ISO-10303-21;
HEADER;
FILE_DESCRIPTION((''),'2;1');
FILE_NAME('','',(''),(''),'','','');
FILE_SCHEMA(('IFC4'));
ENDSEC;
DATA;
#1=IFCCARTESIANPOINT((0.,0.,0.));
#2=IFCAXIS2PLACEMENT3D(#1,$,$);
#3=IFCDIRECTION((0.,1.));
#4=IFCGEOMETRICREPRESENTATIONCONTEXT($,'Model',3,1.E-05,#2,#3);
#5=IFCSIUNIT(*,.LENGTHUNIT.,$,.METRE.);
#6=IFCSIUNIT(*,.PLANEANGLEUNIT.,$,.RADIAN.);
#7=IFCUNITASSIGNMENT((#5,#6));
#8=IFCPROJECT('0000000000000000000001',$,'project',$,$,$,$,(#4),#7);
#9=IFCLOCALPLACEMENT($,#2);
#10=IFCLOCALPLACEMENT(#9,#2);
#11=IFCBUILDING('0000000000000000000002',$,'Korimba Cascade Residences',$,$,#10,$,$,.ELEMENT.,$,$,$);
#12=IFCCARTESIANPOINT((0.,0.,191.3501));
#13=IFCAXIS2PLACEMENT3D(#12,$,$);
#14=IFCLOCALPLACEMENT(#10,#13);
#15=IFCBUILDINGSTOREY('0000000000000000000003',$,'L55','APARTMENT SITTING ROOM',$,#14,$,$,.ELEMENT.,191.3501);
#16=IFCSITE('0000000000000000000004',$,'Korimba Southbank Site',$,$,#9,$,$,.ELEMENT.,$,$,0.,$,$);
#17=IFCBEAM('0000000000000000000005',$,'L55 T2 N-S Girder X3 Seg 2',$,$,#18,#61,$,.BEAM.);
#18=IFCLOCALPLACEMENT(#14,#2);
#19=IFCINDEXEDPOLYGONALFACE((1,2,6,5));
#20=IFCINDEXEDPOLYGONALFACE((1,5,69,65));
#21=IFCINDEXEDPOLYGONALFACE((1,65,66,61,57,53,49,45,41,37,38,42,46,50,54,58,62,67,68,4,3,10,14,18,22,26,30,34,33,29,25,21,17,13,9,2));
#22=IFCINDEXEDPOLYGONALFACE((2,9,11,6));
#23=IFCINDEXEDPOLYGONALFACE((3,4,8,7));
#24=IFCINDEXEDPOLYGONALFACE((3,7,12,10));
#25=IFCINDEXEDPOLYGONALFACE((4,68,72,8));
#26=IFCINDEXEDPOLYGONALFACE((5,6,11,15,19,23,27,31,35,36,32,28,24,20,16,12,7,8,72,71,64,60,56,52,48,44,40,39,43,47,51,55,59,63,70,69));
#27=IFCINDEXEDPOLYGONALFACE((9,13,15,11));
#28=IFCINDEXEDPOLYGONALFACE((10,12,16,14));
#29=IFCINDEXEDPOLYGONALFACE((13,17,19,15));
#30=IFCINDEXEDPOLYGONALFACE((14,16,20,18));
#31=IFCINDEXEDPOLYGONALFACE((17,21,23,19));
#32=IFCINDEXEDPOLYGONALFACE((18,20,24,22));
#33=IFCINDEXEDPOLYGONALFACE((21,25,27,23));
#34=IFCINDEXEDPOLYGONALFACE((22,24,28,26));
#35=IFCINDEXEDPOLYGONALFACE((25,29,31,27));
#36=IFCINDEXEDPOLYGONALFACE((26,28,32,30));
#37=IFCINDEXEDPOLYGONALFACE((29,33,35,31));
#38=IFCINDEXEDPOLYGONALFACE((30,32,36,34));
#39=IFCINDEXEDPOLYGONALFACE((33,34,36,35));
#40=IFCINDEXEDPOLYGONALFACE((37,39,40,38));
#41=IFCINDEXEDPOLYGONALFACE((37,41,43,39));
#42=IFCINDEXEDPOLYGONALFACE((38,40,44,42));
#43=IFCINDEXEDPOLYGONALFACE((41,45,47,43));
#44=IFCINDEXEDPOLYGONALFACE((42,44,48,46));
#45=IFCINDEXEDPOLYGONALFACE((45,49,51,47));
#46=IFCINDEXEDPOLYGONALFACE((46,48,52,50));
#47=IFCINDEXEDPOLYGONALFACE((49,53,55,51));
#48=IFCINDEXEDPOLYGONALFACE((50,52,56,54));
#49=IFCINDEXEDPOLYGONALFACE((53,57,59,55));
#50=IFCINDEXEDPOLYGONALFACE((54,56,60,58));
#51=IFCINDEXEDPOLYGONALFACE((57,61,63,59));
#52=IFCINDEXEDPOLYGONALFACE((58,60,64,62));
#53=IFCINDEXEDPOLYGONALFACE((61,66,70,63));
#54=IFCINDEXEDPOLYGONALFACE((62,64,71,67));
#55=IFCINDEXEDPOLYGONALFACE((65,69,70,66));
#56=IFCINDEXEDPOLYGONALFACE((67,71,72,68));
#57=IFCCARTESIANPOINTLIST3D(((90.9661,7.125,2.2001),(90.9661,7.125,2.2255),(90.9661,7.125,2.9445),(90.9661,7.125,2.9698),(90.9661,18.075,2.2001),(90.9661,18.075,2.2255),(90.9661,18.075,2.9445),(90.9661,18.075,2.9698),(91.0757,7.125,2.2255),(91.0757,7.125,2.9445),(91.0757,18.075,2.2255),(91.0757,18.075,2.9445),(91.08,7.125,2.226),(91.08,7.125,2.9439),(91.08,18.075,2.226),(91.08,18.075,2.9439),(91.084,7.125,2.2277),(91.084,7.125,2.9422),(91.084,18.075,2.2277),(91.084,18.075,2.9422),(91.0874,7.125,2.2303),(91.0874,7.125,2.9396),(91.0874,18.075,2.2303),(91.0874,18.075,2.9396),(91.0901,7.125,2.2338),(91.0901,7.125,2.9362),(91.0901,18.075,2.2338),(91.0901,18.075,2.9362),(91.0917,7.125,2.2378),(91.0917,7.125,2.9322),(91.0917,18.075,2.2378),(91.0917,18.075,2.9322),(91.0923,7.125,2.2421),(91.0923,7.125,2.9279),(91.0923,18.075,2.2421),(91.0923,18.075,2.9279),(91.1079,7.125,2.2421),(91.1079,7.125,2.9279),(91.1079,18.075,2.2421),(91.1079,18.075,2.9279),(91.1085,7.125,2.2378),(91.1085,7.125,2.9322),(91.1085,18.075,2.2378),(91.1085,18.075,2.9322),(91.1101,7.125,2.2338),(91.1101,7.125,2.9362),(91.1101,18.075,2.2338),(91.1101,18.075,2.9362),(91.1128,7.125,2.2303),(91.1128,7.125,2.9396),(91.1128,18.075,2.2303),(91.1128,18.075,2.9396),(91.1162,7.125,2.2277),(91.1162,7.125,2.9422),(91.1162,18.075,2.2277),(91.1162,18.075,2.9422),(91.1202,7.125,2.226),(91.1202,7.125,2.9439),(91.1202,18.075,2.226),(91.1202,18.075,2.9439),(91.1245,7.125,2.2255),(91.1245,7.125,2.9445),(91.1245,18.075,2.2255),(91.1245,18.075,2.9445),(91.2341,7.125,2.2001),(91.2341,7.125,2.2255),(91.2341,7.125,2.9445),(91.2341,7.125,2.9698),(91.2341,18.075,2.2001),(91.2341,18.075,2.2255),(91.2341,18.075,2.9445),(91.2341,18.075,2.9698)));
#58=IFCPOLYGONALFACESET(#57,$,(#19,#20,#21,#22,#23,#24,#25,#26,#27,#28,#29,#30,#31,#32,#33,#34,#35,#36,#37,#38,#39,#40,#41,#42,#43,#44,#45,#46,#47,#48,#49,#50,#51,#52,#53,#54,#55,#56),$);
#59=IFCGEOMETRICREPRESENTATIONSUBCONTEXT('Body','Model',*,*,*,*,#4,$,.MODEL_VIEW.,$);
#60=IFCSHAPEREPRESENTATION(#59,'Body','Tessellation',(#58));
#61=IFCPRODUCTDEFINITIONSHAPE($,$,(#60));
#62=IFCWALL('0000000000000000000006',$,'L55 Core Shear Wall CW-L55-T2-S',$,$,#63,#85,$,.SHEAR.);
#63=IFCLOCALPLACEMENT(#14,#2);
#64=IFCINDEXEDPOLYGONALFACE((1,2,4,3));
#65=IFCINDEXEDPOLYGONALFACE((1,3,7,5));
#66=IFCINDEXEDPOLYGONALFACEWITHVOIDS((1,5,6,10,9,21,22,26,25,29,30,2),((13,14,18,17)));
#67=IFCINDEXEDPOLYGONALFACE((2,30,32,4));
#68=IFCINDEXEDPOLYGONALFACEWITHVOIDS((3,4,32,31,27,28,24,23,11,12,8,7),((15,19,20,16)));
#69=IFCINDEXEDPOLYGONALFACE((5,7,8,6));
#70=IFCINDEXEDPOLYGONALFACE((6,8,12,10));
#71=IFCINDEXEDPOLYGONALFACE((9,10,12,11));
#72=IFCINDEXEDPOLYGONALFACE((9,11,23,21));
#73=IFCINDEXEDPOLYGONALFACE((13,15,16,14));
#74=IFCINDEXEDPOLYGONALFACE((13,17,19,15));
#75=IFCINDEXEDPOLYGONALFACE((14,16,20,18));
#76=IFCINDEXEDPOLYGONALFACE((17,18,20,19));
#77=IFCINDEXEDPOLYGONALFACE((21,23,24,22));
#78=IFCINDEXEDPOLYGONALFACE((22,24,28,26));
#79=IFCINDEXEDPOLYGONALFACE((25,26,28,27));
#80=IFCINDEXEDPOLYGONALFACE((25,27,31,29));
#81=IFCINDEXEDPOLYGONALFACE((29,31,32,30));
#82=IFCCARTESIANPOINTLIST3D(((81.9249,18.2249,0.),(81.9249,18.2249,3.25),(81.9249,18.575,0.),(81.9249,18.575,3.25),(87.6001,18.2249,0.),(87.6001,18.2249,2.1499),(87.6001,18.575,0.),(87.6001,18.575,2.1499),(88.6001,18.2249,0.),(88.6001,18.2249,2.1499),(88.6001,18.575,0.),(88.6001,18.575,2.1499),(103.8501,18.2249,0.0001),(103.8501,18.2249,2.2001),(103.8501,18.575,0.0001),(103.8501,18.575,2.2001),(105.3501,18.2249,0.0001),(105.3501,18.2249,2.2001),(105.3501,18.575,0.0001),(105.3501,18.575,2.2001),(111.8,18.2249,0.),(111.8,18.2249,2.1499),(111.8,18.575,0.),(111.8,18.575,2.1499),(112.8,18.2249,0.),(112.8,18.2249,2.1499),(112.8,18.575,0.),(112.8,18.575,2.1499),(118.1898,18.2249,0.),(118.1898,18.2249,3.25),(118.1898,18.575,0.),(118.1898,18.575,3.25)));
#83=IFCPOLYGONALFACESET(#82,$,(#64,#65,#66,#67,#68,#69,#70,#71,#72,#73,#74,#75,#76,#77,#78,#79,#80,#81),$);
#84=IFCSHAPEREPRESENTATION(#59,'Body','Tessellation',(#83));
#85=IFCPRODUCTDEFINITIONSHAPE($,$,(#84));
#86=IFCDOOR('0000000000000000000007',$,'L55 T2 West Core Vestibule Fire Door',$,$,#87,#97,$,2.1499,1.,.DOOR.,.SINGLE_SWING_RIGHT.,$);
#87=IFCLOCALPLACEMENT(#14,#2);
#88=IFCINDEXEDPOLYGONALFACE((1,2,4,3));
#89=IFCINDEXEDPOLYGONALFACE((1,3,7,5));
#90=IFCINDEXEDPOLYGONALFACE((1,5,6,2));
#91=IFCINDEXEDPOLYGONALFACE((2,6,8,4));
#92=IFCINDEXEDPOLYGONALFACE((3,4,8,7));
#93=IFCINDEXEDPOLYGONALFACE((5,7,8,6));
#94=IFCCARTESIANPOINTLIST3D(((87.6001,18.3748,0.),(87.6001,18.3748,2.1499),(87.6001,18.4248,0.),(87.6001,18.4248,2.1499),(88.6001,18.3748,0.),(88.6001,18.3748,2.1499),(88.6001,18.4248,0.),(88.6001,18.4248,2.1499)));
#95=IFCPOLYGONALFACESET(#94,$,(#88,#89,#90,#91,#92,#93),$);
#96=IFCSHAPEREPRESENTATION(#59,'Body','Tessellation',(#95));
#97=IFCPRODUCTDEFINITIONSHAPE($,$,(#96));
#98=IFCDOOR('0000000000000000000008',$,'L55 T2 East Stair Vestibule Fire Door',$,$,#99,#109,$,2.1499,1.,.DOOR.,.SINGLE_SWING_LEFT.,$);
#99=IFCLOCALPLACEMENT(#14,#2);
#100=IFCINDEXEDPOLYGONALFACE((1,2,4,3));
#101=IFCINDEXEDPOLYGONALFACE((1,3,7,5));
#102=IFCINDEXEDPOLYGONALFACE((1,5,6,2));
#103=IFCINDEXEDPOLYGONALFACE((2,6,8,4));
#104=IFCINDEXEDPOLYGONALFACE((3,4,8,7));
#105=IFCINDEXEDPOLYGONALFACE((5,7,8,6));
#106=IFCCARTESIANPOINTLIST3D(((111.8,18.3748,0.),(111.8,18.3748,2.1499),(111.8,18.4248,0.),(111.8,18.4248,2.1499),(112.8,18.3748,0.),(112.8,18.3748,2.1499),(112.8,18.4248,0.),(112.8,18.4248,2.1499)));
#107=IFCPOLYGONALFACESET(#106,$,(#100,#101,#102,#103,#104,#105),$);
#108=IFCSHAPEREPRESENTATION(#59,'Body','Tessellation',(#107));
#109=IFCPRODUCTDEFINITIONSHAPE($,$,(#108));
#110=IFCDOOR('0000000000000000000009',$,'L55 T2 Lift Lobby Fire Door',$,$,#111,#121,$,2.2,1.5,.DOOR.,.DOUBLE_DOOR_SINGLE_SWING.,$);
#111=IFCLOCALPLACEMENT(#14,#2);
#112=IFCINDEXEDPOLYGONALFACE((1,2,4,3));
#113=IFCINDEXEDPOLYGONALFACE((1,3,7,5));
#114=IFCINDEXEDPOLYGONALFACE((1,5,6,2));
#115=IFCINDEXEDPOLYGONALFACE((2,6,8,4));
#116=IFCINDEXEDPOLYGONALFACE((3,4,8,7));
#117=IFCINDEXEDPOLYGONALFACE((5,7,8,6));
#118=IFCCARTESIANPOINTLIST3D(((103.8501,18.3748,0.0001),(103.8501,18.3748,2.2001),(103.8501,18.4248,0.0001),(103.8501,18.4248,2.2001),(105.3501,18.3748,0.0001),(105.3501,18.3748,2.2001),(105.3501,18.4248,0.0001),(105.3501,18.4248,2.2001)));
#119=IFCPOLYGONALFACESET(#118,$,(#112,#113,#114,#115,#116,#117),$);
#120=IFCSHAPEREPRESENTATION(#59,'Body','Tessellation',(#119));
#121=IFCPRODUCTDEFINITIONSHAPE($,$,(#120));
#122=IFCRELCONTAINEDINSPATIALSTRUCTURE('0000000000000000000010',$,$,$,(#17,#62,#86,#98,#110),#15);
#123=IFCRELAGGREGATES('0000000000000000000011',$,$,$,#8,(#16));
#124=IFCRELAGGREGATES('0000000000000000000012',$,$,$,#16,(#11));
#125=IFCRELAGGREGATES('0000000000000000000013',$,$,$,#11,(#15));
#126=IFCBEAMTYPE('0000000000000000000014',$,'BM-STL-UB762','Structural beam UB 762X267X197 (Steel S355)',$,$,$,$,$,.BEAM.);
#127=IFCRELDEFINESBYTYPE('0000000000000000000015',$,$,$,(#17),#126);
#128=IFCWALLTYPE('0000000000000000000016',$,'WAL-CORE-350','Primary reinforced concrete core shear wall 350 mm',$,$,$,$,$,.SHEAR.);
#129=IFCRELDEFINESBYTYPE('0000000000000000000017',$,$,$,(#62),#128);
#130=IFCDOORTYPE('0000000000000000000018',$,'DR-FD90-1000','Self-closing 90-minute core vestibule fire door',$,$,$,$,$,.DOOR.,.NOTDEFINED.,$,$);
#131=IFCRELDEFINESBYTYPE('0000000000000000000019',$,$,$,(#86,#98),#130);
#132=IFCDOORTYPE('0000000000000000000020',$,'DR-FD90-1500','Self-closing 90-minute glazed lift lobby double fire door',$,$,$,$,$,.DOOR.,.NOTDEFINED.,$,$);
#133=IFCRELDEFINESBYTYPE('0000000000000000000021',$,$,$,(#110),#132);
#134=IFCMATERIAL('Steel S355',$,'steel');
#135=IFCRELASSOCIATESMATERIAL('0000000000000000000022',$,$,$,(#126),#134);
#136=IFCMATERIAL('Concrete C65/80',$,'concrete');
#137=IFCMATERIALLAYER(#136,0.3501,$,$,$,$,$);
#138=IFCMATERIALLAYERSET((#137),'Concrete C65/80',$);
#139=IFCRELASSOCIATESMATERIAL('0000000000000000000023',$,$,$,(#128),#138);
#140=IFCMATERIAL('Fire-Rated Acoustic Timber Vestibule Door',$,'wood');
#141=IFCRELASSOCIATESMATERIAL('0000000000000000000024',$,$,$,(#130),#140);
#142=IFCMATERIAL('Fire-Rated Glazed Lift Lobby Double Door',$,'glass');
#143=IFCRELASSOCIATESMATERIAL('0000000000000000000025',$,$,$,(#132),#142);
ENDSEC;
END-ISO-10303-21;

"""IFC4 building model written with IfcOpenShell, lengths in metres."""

from ifc_helpers import new_model, si_unit, direction, frame, frame_2d, origin, origin_2d, place, context, subcontext, project, spatial, rectangle, i_section, extrude, material, layer, layer_set, material_profile, profile_set, type_object, element, fill, save


model = new_model("IFC4")

# Units and contexts
model_context = context("Model", 3, precision=1e-05, world=origin(), true_north=direction((0.0, 1.0)))
body_context = subcontext(model_context, "Body", "Model", "MODEL_VIEW")
ifc_project = project(units=[si_unit("LENGTHUNIT", "METRE"), si_unit("PLANEANGLEUNIT", "RADIAN")], contexts=[model_context])

# Site, building, storey
site_placement = place(None, origin())
site = spatial("IfcSite", under=ifc_project, at=site_placement, Name="Korimba Southbank Site", CompositionType="ELEMENT", RefElevation=0.0)
building_placement = place(site_placement, origin())
building = spatial("IfcBuilding", under=site, at=building_placement, Name="Korimba Cascade Residences", CompositionType="ELEMENT")
storey_placement = place(building_placement, frame((0.0, 0.0, 191.3501)))
storey = spatial("IfcBuildingStorey", under=building, at=storey_placement, Name="L55", Description="APARTMENT SITTING ROOM", CompositionType="ELEMENT", Elevation=191.3501)

# Beam
ifc_material_1 = material(Name="Steel S355", Category="steel")
ifc_material_profile_1 = material_profile(ifc_material_1, i_section(OverallWidth=0.2681, OverallDepth=0.7698, WebThickness=0.0156, FlangeThickness=0.0254, FilletRadius=0.0166, at=origin_2d()), Name="Steel S355")
ifc_profile_set_1 = profile_set([ifc_material_profile_1], Name="Steel S355")
beam_type_1 = type_object("IfcBeamType", Name="BM-STL-UB762", Description="Structural beam UB 762X267X197 (Steel S355)", PredefinedType="BEAM", material=ifc_profile_set_1)
for number, where, z_axis, x_axis, name in (
    (1, (91.1001, 7.125, 2.585), (0.0, 1.0, 0.0), (-1.0, 0.0, 0.0), "L55 T2 N-S Girder X3 Seg 2"),
):
    element("IfcBeam", number, at=place(storey_placement, frame(where, z_axis=z_axis, x_axis=x_axis)), inside=storey, type_object=beam_type_1, Name=name, PredefinedType="BEAM", context=body_context, shape_type="SweptSolid", body=[
        extrude(i_section(OverallWidth=0.2681, OverallDepth=0.7698, WebThickness=0.0156, FlangeThickness=0.0254, FilletRadius=0.0166, at=origin_2d()), origin(), (0.0, 0.0, 1.0), 10.95),
    ])

# Wall, openings, doors
ifc_material_2 = material(Name="Concrete C65/80", Category="concrete")
ifc_layer_1 = layer(ifc_material_2, 0.3501)
ifc_layer_set_1 = layer_set([ifc_layer_1], Name="Concrete C65/80")
wall_type_1 = type_object("IfcWallType", Name="WAL-CORE-350", Description="Primary reinforced concrete core shear wall 350 mm", PredefinedType="SHEAR", material=ifc_layer_set_1)
wall_1_placement = place(storey_placement, frame((81.925, 18.3999, 0.0), z_axis=(0.0, 0.0, 1.0), x_axis=(1.0, 0.0, 0.0)))
wall_1 = element("IfcWall", 2, at=wall_1_placement, inside=storey, type_object=wall_type_1, Name="L55 Core Shear Wall CW-L55-T2-S", PredefinedType="SHEAR", context=body_context, shape_type="SweptSolid", body=[
    extrude(rectangle(XDim=36.2649, YDim=0.3501, at=frame_2d((18.1323, 0.0))), origin(), (0.0, 0.0, 1.0), 3.25),
])
opening_1_placement = place(wall_1_placement, frame((5.675, 0.0, 0.0)))
opening_1 = element("IfcOpeningElement", 3, at=opening_1_placement, cuts=wall_1, PredefinedType="OPENING", context=body_context, shape_type="SweptSolid", body=[
    extrude(rectangle(XDim=1.0, YDim=2.1499, at=frame_2d((0.5, 1.075))), frame((0.0, 0.1851, 0.0), z_axis=(0.0, -1.0, 0.0), x_axis=(1.0, 0.0, 0.0)), (0.0, 0.0, 1.0), 0.3701),
])
opening_2_placement = place(wall_1_placement, frame((21.925, 0.0, 0.0)))
opening_2 = element("IfcOpeningElement", 4, at=opening_2_placement, cuts=wall_1, PredefinedType="OPENING", context=body_context, shape_type="SweptSolid", body=[
    extrude(rectangle(XDim=1.5, YDim=2.2, at=frame_2d((0.75, 1.1001))), frame((0.0, 0.1851, 0.0), z_axis=(0.0, -1.0, 0.0), x_axis=(1.0, 0.0, 0.0)), (0.0, 0.0, 1.0), 0.3701),
])
opening_3_placement = place(wall_1_placement, frame((29.875, 0.0, 0.0)))
opening_3 = element("IfcOpeningElement", 5, at=opening_3_placement, cuts=wall_1, PredefinedType="OPENING", context=body_context, shape_type="SweptSolid", body=[
    extrude(rectangle(XDim=1.0, YDim=2.1499, at=frame_2d((0.5, 1.075))), frame((0.0, 0.1851, 0.0), z_axis=(0.0, -1.0, 0.0), x_axis=(1.0, 0.0, 0.0)), (0.0, 0.0, 1.0), 0.3701),
])
ifc_material_3 = material(Name="Fire-Rated Acoustic Timber Vestibule Door", Category="wood")
door_type_1 = type_object("IfcDoorType", Name="DR-FD90-1000", Description="Self-closing 90-minute core vestibule fire door", OperationType="NOTDEFINED", PredefinedType="DOOR", material=ifc_material_3)
door_1_placement = place(opening_1_placement, origin())
door_1 = element("IfcDoor", 6, at=door_1_placement, inside=storey, type_object=door_type_1, Name="L55 T2 West Core Vestibule Fire Door", OperationType="SINGLE_SWING_RIGHT", OverallHeight=2.1499, OverallWidth=1.0, PredefinedType="DOOR", context=body_context, shape_type="SweptSolid", body=[
    extrude(rectangle(XDim=1.0, YDim=2.1499, at=frame_2d((0.5, 1.075))), frame((0.0, 0.0249, 0.0), z_axis=(0.0, -1.0, 0.0), x_axis=(1.0, 0.0, 0.0)), (0.0, 0.0, 1.0), 0.05),
])
fill(opening_1, door_1)
door_2_placement = place(opening_3_placement, origin())
door_2 = element("IfcDoor", 7, at=door_2_placement, inside=storey, type_object=door_type_1, Name="L55 T2 East Stair Vestibule Fire Door", OperationType="SINGLE_SWING_LEFT", OverallHeight=2.1499, OverallWidth=1.0, PredefinedType="DOOR", context=body_context, shape_type="SweptSolid", body=[
    extrude(rectangle(XDim=1.0, YDim=2.1499, at=frame_2d((0.5, 1.075))), frame((0.0, 0.0249, 0.0), z_axis=(0.0, -1.0, 0.0), x_axis=(1.0, 0.0, 0.0)), (0.0, 0.0, 1.0), 0.05),
])
fill(opening_3, door_2)
ifc_material_4 = material(Name="Fire-Rated Glazed Lift Lobby Double Door", Category="glass")
door_type_2 = type_object("IfcDoorType", Name="DR-FD90-1500", Description="Self-closing 90-minute glazed lift lobby double fire door", OperationType="NOTDEFINED", PredefinedType="DOOR", material=ifc_material_4)
door_3_placement = place(opening_2_placement, origin())
door_3 = element("IfcDoor", 8, at=door_3_placement, inside=storey, type_object=door_type_2, Name="L55 T2 Lift Lobby Fire Door", OperationType="DOUBLE_DOOR_SINGLE_SWING", OverallHeight=2.2, OverallWidth=1.5, PredefinedType="DOOR", context=body_context, shape_type="SweptSolid", body=[
    extrude(rectangle(XDim=1.5, YDim=2.2, at=frame_2d((0.75, 1.1001))), frame((0.0, 0.0249, 0.0), z_axis=(0.0, -1.0, 0.0), x_axis=(1.0, 0.0, 0.0)), (0.0, 0.0, 1.0), 0.05),
])
fill(opening_2, door_3)

save(model, "model.ifc")
